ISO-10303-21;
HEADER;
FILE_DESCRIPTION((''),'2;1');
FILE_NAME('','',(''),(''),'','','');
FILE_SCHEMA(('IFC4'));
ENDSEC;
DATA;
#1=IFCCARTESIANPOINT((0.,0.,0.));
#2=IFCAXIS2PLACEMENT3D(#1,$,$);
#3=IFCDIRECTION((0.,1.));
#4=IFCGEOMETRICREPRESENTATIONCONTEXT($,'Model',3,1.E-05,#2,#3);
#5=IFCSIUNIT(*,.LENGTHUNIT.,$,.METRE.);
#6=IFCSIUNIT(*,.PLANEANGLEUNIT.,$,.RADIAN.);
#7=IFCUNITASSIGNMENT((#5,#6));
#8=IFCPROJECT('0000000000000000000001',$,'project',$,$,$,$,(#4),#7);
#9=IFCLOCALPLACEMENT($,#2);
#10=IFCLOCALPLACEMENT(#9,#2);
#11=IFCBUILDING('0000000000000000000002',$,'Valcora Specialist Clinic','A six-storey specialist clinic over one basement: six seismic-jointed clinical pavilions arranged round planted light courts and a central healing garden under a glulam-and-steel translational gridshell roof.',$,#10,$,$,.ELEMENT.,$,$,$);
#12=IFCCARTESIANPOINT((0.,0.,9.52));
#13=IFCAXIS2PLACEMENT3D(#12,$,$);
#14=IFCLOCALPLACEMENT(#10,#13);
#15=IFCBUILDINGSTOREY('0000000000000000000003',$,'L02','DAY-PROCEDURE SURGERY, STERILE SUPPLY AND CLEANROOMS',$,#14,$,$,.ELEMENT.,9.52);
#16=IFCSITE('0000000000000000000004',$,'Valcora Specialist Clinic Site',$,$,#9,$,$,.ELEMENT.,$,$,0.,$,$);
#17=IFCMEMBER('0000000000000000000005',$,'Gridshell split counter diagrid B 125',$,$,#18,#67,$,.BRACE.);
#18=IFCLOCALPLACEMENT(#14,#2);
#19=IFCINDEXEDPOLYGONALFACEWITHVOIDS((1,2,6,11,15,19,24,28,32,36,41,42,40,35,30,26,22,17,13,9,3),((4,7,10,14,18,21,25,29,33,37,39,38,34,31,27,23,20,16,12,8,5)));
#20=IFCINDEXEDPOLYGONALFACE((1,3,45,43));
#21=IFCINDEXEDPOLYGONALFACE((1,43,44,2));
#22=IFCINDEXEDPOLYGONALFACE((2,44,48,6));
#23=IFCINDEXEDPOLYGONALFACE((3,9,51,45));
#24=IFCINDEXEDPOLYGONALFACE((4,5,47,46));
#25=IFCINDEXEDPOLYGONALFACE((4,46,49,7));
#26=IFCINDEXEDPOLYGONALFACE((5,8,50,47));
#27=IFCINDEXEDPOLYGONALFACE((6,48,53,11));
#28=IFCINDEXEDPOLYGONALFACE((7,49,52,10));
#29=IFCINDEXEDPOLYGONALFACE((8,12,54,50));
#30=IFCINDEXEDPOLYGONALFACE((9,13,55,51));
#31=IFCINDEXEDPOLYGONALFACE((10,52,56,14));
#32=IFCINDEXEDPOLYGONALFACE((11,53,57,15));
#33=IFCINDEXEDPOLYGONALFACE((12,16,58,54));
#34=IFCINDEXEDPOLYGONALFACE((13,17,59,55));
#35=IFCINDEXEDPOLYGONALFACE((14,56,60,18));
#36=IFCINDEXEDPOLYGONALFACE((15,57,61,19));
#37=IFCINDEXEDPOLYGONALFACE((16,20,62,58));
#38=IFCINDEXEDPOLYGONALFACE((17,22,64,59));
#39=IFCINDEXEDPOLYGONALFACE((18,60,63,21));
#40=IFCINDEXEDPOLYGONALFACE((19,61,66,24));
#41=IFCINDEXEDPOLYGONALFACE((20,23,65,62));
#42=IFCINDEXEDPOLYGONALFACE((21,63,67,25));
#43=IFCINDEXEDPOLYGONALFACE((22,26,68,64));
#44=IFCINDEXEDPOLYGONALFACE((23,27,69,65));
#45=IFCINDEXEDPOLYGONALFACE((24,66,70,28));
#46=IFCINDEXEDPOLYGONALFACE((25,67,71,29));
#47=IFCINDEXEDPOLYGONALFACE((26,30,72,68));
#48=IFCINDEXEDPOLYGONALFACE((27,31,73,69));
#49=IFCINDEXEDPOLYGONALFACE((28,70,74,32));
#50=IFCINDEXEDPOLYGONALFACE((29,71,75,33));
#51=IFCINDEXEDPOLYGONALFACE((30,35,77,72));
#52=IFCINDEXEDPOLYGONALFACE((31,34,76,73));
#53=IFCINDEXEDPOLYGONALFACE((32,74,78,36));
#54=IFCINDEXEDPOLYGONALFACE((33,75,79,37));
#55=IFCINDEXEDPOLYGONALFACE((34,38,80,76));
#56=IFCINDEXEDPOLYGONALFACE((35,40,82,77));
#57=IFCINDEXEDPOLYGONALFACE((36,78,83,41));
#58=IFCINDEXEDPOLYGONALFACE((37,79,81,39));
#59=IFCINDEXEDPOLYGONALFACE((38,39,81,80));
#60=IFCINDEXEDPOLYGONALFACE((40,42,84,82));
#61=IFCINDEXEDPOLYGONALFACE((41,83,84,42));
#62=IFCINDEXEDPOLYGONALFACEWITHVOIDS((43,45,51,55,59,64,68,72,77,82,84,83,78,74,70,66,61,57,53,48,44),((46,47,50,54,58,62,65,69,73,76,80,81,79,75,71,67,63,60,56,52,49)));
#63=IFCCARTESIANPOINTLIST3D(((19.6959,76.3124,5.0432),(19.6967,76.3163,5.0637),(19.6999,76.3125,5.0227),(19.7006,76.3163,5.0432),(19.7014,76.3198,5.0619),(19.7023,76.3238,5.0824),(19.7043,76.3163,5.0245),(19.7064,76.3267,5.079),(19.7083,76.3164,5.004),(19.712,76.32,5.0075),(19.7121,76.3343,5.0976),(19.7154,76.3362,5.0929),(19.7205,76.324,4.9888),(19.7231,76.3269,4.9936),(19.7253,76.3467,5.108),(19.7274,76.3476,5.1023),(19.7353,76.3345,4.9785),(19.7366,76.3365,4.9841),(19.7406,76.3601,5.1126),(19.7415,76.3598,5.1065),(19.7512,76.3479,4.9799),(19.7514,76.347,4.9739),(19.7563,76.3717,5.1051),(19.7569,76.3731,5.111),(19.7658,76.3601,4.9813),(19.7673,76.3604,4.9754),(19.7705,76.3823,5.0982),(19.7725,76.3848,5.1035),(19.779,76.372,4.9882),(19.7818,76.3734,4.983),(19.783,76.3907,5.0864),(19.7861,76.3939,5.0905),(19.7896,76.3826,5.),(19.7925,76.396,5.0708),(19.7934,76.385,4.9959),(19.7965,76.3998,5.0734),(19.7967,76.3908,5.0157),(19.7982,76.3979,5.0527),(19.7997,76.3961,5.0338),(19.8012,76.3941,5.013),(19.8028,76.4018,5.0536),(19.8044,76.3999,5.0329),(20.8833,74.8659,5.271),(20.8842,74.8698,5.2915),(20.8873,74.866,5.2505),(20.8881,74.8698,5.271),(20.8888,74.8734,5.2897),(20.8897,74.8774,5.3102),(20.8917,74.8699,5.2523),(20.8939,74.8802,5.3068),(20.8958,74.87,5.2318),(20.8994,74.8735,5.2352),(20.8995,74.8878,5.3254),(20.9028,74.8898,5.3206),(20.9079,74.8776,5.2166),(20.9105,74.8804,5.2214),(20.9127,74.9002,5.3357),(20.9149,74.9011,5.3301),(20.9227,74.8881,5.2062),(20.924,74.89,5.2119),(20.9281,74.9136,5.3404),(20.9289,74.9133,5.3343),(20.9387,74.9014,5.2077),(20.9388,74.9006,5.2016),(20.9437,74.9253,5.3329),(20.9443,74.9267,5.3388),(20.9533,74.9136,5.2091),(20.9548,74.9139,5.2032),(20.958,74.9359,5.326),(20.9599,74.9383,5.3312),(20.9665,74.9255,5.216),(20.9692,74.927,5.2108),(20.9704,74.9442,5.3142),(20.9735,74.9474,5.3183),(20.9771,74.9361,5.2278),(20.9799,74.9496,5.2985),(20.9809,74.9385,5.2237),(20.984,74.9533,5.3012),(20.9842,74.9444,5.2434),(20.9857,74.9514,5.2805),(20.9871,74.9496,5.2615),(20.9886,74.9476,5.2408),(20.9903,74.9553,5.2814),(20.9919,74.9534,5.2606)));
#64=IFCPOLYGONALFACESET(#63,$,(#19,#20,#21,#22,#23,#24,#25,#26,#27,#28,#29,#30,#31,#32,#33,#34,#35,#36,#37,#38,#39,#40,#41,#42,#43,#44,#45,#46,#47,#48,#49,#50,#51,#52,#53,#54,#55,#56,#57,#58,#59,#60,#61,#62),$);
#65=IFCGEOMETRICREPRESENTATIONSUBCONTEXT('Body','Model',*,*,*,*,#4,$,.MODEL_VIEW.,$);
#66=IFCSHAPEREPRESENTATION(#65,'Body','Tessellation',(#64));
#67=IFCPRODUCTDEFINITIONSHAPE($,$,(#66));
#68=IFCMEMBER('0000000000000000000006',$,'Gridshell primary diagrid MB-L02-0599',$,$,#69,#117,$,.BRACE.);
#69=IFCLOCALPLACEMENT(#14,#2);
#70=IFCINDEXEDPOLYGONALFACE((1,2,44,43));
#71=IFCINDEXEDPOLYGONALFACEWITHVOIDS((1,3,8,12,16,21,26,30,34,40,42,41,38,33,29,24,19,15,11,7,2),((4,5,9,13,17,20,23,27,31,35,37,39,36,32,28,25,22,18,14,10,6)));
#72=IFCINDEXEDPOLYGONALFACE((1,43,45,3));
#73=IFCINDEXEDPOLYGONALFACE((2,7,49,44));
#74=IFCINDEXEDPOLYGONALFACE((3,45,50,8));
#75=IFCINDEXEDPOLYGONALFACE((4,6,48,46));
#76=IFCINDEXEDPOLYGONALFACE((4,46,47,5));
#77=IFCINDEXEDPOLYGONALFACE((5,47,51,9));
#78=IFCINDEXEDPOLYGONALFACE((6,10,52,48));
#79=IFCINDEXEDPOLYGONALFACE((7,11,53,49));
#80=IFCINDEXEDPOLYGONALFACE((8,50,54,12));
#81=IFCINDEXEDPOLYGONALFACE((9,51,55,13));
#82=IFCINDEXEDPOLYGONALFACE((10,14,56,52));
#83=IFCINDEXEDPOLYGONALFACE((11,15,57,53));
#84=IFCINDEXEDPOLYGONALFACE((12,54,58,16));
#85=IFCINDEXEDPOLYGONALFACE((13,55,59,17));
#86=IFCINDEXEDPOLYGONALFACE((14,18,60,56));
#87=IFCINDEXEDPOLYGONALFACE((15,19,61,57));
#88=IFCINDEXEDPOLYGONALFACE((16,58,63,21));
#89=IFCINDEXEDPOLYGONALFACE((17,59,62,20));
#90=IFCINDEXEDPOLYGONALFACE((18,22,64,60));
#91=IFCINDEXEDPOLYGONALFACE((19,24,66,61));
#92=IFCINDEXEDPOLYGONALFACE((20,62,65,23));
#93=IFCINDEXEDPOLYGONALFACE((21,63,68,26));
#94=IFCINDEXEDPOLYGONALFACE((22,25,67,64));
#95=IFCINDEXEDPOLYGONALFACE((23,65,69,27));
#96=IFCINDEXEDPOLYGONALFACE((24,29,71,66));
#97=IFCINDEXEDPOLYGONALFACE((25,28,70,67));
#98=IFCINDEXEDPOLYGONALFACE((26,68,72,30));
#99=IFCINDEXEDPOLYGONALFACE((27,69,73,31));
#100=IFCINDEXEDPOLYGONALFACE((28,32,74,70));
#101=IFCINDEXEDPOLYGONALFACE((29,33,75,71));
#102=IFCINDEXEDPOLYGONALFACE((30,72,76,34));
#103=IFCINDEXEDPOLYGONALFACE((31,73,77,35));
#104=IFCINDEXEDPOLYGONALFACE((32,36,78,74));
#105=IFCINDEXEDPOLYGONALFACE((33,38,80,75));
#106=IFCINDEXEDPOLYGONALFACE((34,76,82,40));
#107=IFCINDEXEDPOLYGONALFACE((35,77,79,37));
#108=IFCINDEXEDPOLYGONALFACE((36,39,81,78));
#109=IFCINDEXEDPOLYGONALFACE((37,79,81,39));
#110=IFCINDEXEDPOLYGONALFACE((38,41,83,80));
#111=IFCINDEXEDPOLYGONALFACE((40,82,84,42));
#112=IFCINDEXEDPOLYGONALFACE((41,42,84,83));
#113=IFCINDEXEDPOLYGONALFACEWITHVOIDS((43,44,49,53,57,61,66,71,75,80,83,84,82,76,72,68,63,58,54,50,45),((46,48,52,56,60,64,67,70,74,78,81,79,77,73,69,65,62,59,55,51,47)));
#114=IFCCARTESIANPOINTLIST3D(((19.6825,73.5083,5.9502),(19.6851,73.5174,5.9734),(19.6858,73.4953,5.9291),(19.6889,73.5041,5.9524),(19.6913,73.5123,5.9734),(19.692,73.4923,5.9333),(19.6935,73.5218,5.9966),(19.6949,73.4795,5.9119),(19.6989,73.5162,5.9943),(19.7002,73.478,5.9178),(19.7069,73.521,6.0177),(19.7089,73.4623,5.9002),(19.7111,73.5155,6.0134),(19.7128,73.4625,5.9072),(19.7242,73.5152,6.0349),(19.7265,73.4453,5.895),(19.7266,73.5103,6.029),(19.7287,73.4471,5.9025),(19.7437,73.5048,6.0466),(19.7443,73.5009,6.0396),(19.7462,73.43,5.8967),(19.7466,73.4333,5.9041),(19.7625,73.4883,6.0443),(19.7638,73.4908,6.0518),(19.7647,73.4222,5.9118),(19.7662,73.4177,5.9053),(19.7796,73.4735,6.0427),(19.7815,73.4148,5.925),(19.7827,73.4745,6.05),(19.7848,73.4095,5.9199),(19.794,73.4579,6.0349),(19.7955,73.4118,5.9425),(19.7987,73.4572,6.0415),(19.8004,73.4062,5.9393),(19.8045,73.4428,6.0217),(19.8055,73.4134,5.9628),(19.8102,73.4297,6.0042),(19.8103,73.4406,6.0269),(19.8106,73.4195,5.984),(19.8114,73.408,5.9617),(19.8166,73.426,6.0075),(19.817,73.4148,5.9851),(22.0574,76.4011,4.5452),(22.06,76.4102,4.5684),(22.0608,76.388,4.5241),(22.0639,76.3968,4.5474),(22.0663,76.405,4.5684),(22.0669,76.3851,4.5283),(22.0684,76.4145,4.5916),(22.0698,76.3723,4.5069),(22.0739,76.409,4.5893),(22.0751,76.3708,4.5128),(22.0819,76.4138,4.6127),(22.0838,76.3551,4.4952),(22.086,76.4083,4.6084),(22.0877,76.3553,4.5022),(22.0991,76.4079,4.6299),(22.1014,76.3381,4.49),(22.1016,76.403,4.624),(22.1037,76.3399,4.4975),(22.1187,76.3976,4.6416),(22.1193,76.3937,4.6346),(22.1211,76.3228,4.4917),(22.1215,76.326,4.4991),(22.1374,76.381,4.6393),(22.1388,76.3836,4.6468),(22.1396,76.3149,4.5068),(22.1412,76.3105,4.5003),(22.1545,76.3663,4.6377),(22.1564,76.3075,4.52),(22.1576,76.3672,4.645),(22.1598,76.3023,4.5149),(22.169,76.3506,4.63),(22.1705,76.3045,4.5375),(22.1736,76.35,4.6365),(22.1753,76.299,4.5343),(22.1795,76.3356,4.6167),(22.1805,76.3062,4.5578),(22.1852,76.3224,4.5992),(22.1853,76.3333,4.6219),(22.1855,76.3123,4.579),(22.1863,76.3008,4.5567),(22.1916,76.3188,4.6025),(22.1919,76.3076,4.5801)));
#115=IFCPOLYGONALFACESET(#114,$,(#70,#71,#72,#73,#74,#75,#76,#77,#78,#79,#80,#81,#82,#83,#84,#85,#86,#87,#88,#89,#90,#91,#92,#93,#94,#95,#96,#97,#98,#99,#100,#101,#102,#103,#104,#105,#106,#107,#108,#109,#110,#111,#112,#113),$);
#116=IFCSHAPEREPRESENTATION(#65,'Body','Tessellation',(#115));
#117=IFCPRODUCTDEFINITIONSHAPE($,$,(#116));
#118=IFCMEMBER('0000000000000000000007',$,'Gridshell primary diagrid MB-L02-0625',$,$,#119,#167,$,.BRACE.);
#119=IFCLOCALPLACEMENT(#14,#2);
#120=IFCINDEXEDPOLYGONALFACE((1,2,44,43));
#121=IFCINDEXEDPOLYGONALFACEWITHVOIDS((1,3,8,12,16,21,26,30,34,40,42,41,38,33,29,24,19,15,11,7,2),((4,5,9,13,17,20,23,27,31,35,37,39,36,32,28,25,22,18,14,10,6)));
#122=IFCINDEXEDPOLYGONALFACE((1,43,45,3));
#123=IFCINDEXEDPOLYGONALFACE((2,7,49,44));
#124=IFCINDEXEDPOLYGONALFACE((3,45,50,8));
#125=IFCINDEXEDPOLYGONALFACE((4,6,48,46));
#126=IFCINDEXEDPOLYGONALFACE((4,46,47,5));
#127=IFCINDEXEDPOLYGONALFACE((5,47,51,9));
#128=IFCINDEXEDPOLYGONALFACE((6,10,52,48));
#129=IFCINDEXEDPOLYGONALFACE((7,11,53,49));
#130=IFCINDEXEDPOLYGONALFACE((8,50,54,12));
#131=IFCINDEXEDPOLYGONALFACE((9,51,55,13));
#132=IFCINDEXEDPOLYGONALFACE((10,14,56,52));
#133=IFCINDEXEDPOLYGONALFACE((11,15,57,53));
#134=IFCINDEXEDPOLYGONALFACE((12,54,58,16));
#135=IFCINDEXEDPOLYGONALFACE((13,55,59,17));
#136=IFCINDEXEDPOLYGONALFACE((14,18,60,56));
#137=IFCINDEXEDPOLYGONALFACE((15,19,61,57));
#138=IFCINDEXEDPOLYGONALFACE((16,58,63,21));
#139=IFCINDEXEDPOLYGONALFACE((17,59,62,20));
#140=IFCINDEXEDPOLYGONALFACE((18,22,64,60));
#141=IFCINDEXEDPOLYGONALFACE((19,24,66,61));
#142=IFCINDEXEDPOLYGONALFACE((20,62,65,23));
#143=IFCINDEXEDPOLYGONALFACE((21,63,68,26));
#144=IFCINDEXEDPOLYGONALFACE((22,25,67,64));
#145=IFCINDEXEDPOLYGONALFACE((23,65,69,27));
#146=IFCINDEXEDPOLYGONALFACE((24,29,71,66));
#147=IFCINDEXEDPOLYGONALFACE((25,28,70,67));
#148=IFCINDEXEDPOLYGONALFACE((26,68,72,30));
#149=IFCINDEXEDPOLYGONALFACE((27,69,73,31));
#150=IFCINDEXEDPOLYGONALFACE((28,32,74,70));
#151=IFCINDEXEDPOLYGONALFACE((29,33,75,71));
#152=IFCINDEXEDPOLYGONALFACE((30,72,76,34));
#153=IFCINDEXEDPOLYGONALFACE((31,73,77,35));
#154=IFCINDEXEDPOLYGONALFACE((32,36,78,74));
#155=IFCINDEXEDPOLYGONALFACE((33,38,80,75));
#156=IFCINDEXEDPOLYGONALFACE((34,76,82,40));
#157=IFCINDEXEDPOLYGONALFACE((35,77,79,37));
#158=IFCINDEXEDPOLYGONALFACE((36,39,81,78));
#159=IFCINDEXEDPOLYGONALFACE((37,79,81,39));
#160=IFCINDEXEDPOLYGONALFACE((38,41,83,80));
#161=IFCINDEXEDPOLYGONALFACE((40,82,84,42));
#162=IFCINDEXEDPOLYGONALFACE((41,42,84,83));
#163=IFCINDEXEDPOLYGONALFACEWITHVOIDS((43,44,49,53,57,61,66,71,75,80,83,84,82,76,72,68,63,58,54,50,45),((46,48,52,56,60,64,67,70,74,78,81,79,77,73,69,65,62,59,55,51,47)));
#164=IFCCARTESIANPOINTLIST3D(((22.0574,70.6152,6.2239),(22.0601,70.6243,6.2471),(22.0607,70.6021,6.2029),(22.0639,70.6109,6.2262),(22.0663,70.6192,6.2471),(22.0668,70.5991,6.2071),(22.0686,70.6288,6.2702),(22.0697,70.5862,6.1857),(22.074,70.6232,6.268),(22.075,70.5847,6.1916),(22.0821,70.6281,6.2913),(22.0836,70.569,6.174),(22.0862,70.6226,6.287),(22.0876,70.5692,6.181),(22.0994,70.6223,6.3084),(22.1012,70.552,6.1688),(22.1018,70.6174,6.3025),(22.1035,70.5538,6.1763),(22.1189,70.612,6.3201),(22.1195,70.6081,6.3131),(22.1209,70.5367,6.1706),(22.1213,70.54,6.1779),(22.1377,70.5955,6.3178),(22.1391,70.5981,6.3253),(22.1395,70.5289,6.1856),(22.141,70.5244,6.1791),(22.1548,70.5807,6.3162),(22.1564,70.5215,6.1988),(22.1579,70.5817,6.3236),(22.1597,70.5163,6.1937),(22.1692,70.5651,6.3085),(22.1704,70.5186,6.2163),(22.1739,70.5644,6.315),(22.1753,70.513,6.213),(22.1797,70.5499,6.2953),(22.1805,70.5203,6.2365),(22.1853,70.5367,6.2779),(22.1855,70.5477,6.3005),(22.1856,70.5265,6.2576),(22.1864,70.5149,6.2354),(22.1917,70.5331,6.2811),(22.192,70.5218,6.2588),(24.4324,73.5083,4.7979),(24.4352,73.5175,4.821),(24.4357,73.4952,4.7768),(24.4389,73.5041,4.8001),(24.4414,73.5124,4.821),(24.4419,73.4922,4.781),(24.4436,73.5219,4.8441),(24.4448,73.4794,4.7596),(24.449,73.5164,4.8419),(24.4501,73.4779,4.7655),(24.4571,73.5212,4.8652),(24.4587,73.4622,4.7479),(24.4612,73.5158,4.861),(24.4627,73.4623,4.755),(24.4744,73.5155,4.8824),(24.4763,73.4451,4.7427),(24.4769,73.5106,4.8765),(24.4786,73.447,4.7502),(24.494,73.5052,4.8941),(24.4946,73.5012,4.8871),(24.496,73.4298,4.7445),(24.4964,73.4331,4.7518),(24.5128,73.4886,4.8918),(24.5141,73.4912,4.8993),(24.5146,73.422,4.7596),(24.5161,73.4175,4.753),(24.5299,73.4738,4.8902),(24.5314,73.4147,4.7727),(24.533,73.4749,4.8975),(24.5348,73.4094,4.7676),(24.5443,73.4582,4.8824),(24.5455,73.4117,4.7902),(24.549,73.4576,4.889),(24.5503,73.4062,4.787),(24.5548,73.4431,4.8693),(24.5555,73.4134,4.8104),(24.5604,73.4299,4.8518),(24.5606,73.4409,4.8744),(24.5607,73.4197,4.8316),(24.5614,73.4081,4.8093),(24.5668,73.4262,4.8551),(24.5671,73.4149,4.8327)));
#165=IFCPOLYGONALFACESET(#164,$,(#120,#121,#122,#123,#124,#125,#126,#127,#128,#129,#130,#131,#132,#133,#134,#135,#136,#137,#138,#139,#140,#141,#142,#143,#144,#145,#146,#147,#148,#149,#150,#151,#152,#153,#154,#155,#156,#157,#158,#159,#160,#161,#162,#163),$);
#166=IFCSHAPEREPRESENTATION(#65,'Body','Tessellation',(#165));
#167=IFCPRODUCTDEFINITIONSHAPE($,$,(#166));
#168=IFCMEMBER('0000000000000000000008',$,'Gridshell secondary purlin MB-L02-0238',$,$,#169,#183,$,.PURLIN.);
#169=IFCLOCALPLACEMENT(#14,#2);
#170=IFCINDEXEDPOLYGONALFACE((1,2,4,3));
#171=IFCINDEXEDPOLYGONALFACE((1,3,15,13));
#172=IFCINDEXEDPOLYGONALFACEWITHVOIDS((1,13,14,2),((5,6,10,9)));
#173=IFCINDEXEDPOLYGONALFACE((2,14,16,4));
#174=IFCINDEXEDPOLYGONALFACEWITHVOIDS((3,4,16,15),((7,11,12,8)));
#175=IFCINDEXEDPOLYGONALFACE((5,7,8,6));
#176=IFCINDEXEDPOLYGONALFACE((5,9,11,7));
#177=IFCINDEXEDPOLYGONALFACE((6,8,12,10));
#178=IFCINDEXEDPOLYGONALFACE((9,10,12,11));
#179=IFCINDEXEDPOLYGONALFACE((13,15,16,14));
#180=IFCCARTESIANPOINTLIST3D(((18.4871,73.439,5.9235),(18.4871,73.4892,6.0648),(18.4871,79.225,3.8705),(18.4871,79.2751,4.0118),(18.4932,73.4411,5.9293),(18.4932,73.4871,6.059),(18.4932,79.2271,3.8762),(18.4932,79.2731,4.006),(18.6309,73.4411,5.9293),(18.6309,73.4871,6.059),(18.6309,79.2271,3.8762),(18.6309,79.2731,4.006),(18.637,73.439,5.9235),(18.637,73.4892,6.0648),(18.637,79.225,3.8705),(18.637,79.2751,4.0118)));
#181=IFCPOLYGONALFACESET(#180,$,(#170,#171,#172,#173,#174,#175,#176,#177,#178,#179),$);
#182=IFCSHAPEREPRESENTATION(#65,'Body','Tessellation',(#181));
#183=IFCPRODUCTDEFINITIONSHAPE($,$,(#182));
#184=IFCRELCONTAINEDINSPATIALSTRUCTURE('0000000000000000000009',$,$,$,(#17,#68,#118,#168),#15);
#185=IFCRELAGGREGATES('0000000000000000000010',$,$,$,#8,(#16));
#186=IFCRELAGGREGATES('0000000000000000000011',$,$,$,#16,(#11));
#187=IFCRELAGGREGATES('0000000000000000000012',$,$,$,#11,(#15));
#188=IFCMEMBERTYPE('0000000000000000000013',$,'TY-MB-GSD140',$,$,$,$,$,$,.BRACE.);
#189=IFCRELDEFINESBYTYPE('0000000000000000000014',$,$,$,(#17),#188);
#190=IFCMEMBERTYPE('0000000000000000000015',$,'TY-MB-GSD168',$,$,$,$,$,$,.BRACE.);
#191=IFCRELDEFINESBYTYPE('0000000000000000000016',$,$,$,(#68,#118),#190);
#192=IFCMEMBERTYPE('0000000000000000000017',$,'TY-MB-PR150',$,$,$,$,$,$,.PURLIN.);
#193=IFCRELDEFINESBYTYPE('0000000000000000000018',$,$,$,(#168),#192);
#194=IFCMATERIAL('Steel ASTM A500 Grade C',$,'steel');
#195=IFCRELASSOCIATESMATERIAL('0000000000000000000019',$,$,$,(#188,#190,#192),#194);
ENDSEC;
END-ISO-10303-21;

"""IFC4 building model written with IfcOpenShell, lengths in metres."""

from ifc_helpers import new_model, si_unit, direction, frame, origin, origin_2d, place, context, subcontext, project, spatial, hollow_rectangle, hollow_circle, extrude, material, material_profile, profile_set, type_object, element, save


model = new_model("IFC4")

# Units and contexts
model_context = context("Model", 3, precision=1e-05, world=origin(), true_north=direction((0.0, 1.0)))
body_context = subcontext(model_context, "Body", "Model", "MODEL_VIEW")
ifc_project = project(units=[si_unit("LENGTHUNIT", "METRE"), si_unit("PLANEANGLEUNIT", "RADIAN")], contexts=[model_context])

# Site, building, storey
site_placement = place(None, origin())
site = spatial("IfcSite", under=ifc_project, at=site_placement, Name="Valcora Specialist Clinic Site", CompositionType="ELEMENT", RefElevation=0.0)
building_placement = place(site_placement, origin())
building = spatial("IfcBuilding", under=site, at=building_placement, Name="Valcora Specialist Clinic", Description="A six-storey specialist clinic over one basement: six seismic-jointed clinical pavilions arranged round planted light courts and a central healing garden under a glulam-and-steel translational gridshell roof.", CompositionType="ELEMENT")
storey_placement = place(building_placement, frame((0.0, 0.0, 9.52)))
storey = spatial("IfcBuildingStorey", under=building, at=storey_placement, Name="L02", Description="DAY-PROCEDURE SURGERY, STERILE SUPPLY AND CLEANROOMS", CompositionType="ELEMENT", Elevation=9.52)

# Members
ifc_material_1 = material(Name="Steel ASTM A500 Grade C", Category="steel")
ifc_material_profile_1 = material_profile(ifc_material_1, hollow_circle(Radius=0.0701, WallThickness=0.0061, at=origin_2d()), Name="ST-CHS-140X6")
ifc_profile_set_1 = profile_set([ifc_material_profile_1], Name="Steel ASTM A500 Grade C")
member_type_1 = type_object("IfcMemberType", Name="TY-MB-GSD140", PredefinedType="BRACE", material=ifc_profile_set_1)
member_1_placement = place(storey_placement, frame((20.9375, 74.9104, 5.271), z_axis=(-0.629861, 0.767254, -0.120818), x_axis=(-0.772916, -0.634508, 0.0)))
element("IfcMember", 1, at=member_1_placement, inside=storey, type_object=member_type_1, Name="Gridshell split counter diagrid B 125", PredefinedType="BRACE", context=body_context, shape_type="SweptSolid", body=[
    extrude(hollow_circle(Radius=0.0701, WallThickness=0.0061, at=origin_2d()), origin(), (0.0, 0.0, 1.0), 1.8853),
])
ifc_material_profile_2 = material_profile(ifc_material_1, hollow_circle(Radius=0.084, WallThickness=0.0081, at=origin_2d()), Name="ST-CHS-168X8")
ifc_profile_set_2 = profile_set([ifc_material_profile_2], Name="Steel ASTM A500 Grade C")
member_type_2 = type_object("IfcMemberType", Name="TY-MB-GSD168", PredefinedType="BRACE", material=ifc_profile_set_2)
member_2_placement = place(storey_placement, frame((19.75, 73.4641, 5.9734), z_axis=(0.594063, 0.723587, -0.351442), x_axis=(-0.77289, 0.63454, 0.0)))
element("IfcMember", 2, at=member_2_placement, inside=storey, type_object=member_type_2, Name="Gridshell primary diagrid MB-L02-0599", PredefinedType="BRACE", context=body_context, shape_type="SweptSolid", body=[
    extrude(hollow_circle(Radius=0.084, WallThickness=0.0081, at=origin_2d()), origin(), (0.0, 0.0, 1.0), 3.9978),
])
member_3_placement = place(storey_placement, frame((22.125, 70.571, 6.2471), z_axis=(0.592935, 0.722274, -0.356017), x_axis=(-0.772916, 0.634508, 0.0)))
element("IfcMember", 3, at=member_3_placement, inside=storey, type_object=member_type_2, Name="Gridshell primary diagrid MB-L02-0625", PredefinedType="BRACE", context=body_context, shape_type="SweptSolid", body=[
    extrude(hollow_circle(Radius=0.084, WallThickness=0.0081, at=origin_2d()), origin(), (0.0, 0.0, 1.0), 4.0056),
])
ifc_material_profile_3 = material_profile(ifc_material_1, hollow_rectangle(XDim=0.1499, YDim=0.1499, WallThickness=0.0061, at=origin_2d()), Name="ST-RHS-150X150X6")
ifc_profile_set_3 = profile_set([ifc_material_profile_3], Name="Steel ASTM A500 Grade C")
member_type_3 = type_object("IfcMemberType", Name="TY-MB-PR150", PredefinedType="PURLIN", material=ifc_profile_set_3)
member_4_placement = place(storey_placement, frame((18.562, 73.4641, 5.9941), z_axis=(0.0, 0.942432, -0.334398), x_axis=(-1.0, 0.0, 0.0)))
element("IfcMember", 4, at=member_4_placement, inside=storey, type_object=member_type_3, Name="Gridshell secondary purlin MB-L02-0238", PredefinedType="PURLIN", context=body_context, shape_type="SweptSolid", body=[
    extrude(hollow_rectangle(XDim=0.1499, YDim=0.1499, WallThickness=0.0061, at=origin_2d()), origin(), (0.0, 0.0, 1.0), 6.1394),
])

save(model, "model.ifc")
